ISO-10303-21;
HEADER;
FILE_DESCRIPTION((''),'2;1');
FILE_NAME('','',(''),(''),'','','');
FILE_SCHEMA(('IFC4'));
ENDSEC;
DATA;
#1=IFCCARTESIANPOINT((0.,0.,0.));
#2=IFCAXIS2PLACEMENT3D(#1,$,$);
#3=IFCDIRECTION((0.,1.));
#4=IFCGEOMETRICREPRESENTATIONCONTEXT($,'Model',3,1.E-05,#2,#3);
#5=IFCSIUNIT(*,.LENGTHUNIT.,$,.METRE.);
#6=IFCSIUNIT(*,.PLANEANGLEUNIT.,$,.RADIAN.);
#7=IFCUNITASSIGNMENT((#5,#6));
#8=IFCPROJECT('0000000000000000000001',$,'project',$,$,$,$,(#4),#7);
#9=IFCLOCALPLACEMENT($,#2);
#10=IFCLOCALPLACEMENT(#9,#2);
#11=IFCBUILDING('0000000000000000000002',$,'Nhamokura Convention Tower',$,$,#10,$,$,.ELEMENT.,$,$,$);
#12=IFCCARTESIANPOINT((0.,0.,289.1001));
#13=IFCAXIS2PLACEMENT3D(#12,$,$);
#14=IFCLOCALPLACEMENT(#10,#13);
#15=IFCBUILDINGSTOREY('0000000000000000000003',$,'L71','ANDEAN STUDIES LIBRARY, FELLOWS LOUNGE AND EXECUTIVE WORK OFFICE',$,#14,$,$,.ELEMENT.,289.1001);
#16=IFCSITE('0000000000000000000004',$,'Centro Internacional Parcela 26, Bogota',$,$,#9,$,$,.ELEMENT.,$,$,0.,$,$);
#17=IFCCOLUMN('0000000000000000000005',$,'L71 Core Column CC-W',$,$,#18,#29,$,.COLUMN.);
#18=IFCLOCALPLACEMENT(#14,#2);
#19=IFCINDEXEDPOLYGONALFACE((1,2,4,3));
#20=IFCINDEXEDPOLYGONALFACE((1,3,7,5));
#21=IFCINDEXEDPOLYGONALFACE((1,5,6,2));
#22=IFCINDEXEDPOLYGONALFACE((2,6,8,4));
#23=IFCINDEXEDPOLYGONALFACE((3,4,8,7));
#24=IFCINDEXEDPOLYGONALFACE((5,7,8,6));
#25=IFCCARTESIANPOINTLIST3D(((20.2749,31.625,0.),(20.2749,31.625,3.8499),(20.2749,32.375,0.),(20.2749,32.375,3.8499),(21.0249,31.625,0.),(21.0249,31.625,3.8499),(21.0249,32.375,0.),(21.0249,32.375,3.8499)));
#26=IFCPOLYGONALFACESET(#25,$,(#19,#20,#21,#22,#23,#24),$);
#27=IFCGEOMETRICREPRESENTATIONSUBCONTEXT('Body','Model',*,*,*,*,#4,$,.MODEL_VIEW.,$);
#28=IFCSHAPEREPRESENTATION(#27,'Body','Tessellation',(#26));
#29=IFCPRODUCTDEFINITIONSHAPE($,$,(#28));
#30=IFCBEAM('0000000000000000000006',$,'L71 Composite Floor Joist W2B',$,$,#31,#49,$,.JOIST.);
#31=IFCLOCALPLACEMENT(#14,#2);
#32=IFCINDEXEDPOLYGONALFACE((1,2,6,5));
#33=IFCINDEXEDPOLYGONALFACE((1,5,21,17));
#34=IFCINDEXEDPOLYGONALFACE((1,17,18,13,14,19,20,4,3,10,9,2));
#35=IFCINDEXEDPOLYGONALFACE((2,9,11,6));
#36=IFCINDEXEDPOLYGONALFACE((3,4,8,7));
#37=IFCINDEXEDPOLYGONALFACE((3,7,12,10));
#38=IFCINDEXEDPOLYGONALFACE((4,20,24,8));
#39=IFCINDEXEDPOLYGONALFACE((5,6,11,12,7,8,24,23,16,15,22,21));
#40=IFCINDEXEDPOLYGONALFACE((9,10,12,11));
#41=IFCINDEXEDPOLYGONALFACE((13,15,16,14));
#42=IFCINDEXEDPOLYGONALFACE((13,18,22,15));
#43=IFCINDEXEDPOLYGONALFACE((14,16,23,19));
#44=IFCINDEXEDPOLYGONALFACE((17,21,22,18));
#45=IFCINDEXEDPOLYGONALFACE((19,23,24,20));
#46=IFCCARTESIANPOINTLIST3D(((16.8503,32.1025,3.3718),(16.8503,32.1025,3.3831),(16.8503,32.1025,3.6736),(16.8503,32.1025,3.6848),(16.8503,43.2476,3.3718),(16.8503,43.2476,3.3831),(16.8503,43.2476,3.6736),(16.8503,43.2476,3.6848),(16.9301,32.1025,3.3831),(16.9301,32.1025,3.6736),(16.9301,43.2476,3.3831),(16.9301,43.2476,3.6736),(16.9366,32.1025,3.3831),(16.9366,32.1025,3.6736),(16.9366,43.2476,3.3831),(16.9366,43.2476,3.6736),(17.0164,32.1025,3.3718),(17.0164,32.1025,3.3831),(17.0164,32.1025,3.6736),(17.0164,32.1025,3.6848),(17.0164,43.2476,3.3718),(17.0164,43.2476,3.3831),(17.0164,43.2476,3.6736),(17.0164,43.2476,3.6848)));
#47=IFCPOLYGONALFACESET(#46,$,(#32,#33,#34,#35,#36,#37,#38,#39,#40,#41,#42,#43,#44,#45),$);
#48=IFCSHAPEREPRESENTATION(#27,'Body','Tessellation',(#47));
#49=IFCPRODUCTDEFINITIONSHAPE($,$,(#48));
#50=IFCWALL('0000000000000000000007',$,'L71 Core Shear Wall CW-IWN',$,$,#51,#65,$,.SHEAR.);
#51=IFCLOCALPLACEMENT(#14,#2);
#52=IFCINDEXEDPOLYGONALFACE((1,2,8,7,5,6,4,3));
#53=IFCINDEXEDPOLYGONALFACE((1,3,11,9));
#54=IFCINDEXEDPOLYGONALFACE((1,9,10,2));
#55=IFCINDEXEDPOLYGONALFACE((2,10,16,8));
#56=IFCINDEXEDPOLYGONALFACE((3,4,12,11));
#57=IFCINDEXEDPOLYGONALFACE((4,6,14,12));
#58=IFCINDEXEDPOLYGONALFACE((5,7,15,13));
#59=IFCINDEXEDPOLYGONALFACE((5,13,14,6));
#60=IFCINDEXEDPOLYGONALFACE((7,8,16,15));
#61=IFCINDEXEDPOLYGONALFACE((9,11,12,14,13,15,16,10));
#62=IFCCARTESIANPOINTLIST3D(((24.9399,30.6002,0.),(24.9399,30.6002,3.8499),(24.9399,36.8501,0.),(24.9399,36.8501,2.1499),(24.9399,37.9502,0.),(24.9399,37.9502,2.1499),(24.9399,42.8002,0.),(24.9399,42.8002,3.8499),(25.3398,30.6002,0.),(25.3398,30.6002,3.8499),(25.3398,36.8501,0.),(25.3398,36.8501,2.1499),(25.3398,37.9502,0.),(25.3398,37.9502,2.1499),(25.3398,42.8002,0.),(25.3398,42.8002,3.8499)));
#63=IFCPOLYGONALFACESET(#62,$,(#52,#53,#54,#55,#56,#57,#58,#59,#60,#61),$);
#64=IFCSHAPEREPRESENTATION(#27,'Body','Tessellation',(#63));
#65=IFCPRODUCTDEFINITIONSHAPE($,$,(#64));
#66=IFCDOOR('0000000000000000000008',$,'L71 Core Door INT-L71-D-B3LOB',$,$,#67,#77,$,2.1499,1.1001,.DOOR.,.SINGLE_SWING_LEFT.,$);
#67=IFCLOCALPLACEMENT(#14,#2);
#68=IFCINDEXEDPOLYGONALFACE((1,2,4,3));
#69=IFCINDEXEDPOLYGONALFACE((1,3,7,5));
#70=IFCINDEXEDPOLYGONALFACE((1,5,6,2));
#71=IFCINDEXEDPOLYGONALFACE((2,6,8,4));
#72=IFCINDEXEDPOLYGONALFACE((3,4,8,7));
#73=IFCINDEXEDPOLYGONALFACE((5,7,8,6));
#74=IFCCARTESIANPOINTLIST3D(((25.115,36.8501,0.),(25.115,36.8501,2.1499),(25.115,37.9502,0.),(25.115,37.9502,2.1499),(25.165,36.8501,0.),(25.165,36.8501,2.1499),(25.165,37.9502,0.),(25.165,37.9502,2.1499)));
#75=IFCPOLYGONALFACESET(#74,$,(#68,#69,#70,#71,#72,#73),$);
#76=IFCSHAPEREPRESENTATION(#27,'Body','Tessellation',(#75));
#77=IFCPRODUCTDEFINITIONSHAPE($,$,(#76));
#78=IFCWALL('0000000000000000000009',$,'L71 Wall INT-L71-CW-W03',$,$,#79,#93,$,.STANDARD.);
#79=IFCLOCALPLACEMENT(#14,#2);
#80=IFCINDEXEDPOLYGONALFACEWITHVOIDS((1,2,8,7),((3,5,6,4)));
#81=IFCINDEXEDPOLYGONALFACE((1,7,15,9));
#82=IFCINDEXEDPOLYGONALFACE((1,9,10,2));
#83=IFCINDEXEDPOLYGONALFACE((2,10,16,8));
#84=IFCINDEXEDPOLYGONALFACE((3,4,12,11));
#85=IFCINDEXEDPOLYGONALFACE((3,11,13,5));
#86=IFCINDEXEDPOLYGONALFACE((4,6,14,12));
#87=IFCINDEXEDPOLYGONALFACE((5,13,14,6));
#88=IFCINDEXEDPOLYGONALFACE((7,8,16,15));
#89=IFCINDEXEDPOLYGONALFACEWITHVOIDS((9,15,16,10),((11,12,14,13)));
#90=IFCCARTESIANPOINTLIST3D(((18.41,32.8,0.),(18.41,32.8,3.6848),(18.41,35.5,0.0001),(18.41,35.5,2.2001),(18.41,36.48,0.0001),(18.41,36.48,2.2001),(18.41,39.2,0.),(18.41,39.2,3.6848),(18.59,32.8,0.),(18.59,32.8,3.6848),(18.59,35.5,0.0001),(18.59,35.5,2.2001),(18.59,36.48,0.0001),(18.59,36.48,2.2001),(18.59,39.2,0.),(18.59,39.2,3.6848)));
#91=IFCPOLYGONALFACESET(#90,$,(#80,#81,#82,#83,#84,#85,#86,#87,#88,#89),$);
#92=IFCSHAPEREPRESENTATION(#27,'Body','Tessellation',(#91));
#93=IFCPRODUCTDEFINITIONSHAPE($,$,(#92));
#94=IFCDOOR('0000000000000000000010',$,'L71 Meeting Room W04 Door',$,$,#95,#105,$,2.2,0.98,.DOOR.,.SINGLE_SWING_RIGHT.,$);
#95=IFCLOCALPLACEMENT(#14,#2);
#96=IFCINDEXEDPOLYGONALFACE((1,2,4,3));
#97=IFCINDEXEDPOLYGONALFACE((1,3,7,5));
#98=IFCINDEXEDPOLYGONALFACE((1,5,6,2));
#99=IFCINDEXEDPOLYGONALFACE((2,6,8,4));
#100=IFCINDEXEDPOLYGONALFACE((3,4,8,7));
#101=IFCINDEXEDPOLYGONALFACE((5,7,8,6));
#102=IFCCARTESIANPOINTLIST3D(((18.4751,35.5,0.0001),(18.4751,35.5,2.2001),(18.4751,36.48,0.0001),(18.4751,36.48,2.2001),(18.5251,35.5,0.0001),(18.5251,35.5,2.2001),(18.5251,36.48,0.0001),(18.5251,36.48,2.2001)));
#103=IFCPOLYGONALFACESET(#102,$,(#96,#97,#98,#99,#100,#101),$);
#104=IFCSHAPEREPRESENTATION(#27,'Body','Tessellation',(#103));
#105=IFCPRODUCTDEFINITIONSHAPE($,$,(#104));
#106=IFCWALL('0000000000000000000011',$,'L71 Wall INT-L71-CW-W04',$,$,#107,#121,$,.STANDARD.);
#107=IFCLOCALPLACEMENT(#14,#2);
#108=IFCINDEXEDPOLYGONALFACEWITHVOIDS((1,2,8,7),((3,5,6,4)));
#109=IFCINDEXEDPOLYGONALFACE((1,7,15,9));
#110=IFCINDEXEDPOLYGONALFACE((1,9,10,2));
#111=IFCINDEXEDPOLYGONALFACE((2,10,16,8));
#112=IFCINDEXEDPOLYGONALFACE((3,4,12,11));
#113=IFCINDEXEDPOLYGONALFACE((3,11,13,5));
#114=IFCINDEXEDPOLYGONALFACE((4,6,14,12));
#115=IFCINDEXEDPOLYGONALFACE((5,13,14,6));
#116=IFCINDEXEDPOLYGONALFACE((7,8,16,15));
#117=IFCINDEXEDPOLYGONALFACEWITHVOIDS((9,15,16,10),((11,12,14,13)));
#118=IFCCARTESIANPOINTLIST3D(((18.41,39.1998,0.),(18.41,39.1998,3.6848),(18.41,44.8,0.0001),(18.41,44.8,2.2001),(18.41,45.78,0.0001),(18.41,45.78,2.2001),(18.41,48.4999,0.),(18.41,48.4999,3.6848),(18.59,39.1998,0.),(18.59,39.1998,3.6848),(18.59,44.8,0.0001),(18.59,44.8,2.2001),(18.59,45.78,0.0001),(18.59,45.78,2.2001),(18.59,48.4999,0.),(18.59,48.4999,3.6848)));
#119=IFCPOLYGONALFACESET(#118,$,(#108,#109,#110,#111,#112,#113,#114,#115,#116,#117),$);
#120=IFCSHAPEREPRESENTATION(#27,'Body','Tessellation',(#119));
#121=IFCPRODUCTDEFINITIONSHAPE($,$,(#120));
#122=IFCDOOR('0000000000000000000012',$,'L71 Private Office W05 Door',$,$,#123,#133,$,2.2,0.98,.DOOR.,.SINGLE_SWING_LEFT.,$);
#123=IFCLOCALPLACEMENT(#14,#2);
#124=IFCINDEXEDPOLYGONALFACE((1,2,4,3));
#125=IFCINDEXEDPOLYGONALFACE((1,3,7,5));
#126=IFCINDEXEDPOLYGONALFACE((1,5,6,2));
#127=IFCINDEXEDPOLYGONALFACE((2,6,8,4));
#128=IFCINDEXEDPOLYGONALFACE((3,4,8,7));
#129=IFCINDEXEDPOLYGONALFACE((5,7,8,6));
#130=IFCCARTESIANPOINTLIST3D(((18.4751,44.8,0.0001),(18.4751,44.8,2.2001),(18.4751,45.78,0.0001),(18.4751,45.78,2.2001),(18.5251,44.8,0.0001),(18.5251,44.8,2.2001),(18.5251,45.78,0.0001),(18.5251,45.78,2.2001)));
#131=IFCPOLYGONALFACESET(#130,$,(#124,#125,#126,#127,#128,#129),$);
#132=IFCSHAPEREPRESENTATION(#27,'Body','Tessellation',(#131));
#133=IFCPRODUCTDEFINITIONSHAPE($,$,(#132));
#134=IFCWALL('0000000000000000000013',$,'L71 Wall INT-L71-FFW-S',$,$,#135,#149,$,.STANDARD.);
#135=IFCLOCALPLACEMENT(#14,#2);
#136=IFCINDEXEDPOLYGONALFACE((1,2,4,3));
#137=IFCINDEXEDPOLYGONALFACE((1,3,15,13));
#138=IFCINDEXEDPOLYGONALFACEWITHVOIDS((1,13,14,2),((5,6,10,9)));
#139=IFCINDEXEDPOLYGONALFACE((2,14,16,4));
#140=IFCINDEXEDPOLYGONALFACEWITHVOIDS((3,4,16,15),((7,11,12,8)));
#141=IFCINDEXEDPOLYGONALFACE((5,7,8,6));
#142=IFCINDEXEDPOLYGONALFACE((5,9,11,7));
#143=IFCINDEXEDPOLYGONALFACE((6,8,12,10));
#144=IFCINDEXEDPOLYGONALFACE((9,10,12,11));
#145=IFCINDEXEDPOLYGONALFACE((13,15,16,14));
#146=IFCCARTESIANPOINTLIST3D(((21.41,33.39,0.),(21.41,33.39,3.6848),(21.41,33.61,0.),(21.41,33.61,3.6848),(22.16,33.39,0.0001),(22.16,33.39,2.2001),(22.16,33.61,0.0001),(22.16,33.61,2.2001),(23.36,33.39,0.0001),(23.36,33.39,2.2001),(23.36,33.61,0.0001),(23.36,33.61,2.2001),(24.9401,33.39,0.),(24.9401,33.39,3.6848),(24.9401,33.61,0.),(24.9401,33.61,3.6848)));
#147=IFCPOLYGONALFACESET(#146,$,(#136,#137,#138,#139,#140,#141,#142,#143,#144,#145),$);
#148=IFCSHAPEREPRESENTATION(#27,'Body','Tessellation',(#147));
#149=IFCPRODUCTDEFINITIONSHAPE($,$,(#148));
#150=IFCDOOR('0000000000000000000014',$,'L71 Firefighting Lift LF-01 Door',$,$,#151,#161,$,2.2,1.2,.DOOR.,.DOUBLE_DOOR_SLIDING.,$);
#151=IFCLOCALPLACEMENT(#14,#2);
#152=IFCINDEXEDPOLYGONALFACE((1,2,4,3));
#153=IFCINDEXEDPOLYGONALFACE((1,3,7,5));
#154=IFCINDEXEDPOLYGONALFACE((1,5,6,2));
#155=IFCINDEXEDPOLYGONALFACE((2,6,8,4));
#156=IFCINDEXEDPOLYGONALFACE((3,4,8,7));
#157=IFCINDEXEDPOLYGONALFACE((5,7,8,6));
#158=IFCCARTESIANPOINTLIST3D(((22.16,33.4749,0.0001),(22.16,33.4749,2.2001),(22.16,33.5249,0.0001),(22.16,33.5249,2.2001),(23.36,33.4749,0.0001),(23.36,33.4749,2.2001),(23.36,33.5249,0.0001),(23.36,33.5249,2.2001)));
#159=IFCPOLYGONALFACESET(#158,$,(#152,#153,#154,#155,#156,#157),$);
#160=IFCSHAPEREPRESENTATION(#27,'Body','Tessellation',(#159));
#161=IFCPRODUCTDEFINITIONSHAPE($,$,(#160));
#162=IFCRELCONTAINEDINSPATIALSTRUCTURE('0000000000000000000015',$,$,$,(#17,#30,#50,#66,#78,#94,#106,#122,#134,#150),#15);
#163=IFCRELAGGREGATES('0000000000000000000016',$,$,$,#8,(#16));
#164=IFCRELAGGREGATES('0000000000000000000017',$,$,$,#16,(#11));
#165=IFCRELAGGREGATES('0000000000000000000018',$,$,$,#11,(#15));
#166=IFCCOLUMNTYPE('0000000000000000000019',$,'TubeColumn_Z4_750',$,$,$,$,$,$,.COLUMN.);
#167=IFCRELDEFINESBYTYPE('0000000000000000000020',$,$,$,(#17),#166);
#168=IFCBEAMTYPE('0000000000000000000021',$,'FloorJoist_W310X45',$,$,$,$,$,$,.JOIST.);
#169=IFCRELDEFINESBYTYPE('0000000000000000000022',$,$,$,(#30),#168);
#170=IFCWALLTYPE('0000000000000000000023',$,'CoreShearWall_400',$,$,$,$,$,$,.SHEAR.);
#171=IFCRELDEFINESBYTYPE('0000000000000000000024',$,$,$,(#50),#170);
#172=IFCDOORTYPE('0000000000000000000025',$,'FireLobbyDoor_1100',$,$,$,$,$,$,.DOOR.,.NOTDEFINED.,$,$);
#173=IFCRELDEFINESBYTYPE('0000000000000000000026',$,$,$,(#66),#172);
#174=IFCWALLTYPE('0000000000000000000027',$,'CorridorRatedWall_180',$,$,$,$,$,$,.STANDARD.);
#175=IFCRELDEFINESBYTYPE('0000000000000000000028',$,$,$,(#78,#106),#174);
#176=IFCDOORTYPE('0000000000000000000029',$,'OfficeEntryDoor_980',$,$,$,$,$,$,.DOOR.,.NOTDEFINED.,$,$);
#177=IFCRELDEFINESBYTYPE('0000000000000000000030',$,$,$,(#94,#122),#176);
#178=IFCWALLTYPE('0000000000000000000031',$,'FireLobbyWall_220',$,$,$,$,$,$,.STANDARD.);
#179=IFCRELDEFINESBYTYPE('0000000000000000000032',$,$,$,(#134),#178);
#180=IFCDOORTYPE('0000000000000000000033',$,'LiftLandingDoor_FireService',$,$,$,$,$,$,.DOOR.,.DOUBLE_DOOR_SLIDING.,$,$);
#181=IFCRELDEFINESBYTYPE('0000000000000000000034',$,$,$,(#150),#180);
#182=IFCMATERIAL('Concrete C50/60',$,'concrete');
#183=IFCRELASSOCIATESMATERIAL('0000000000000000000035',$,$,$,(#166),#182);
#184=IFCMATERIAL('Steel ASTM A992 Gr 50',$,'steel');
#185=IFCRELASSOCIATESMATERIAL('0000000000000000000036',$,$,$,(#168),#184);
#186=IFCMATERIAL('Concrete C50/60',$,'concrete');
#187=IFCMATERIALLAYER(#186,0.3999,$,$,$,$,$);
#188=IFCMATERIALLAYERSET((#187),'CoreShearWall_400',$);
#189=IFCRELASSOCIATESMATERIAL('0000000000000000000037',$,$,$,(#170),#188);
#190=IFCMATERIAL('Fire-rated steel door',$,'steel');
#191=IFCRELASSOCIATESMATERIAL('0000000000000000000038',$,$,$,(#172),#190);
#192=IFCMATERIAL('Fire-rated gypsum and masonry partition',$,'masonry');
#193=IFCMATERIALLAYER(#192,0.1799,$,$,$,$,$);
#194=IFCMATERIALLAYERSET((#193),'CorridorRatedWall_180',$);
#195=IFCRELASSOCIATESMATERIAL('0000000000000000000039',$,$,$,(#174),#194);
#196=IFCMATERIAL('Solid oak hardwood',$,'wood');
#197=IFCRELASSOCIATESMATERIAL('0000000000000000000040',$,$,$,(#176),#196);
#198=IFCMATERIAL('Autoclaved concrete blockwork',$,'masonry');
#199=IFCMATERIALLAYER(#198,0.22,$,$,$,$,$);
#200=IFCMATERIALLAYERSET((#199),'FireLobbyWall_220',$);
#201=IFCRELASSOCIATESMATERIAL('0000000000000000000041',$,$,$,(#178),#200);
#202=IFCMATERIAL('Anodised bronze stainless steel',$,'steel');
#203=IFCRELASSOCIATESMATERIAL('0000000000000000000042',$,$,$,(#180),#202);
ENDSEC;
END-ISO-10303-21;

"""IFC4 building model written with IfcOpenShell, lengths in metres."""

from ifc_helpers import new_model, si_unit, direction, frame, frame_2d, origin, origin_2d, place, context, subcontext, project, spatial, rectangle, i_section, extrude, material, layer, layer_set, material_profile, profile_set, type_object, element, fill, save


model = new_model("IFC4")

# Units and contexts
model_context = context("Model", 3, precision=1e-05, world=origin(), true_north=direction((0.0, 1.0)))
body_context = subcontext(model_context, "Body", "Model", "MODEL_VIEW")
ifc_project = project(units=[si_unit("LENGTHUNIT", "METRE"), si_unit("PLANEANGLEUNIT", "RADIAN")], contexts=[model_context])

# Site, building, storey
site_placement = place(None, origin())
site = spatial("IfcSite", under=ifc_project, at=site_placement, Name="Centro Internacional Parcela 26, Bogota", CompositionType="ELEMENT", RefElevation=0.0)
building_placement = place(site_placement, origin())
building = spatial("IfcBuilding", under=site, at=building_placement, Name="Nhamokura Convention Tower", CompositionType="ELEMENT")
storey_placement = place(building_placement, frame((0.0, 0.0, 289.1001)))
storey = spatial("IfcBuildingStorey", under=building, at=storey_placement, Name="L71", Description="ANDEAN STUDIES LIBRARY, FELLOWS LOUNGE AND EXECUTIVE WORK OFFICE", CompositionType="ELEMENT", Elevation=289.1001)

# Column
ifc_material_1 = material(Name="Concrete C50/60", Category="concrete")
ifc_material_profile_1 = material_profile(ifc_material_1, rectangle(XDim=0.75, YDim=0.75, at=origin_2d()))
ifc_profile_set_1 = profile_set([ifc_material_profile_1], Name="Concrete C50/60")
column_type = type_object("IfcColumnType", Name="TubeColumn_Z4_750", PredefinedType="COLUMN", material=ifc_profile_set_1)
column_placement = place(storey_placement, frame((20.6499, 32.0, 0.0), z_axis=(0.0, 0.0, 1.0), x_axis=(1.0, 0.0, 0.0)))
element("IfcColumn", 1, at=column_placement, inside=storey, type_object=column_type, Name="L71 Core Column CC-W", PredefinedType="COLUMN", context=body_context, shape_type="SweptSolid", body=[
    extrude(rectangle(XDim=0.75, YDim=0.75, at=origin_2d()), origin(), (0.0, 0.0, 1.0), 3.8499),
])

# Beam
ifc_material_2 = material(Name="Steel ASTM A992 Gr 50", Category="steel")
ifc_material_profile_2 = material_profile(ifc_material_2, i_section(OverallWidth=0.166, OverallDepth=0.313, WebThickness=0.0066, FlangeThickness=0.0112, at=origin_2d()))
ifc_profile_set_2 = profile_set([ifc_material_profile_2], Name="Steel ASTM A992 Gr 50")
beam_type = type_object("IfcBeamType", Name="FloorJoist_W310X45", PredefinedType="JOIST", material=ifc_profile_set_2)
beam_placement = place(storey_placement, frame((16.9333, 32.1025, 3.5283), z_axis=(0.0, 1.0, 0.0), x_axis=(-1.0, 0.0, 0.0)))
element("IfcBeam", 2, at=beam_placement, inside=storey, type_object=beam_type, Name="L71 Composite Floor Joist W2B", PredefinedType="JOIST", context=body_context, shape_type="SweptSolid", body=[
    extrude(i_section(OverallWidth=0.166, OverallDepth=0.313, WebThickness=0.0066, FlangeThickness=0.0112, at=origin_2d()), origin(), (0.0, 0.0, 1.0), 11.145),
])

# Walls, openings, doors
ifc_material_3 = material(Name="Concrete C50/60", Category="concrete")
ifc_layer_1 = layer(ifc_material_3, 0.3999)
ifc_layer_set_1 = layer_set([ifc_layer_1], Name="CoreShearWall_400")
wall_type_1 = type_object("IfcWallType", Name="CoreShearWall_400", PredefinedType="SHEAR", material=ifc_layer_set_1)
wall_1_placement = place(storey_placement, frame((25.1399, 30.6001, 0.0), z_axis=(0.0, 0.0, 1.0), x_axis=(0.0, 1.0, 0.0)))
wall_1 = element("IfcWall", 3, at=wall_1_placement, inside=storey, type_object=wall_type_1, Name="L71 Core Shear Wall CW-IWN", PredefinedType="SHEAR", context=body_context, shape_type="SweptSolid", body=[
    extrude(rectangle(XDim=12.2, YDim=0.3999, at=frame_2d((6.1001, 0.0))), origin(), (0.0, 0.0, 1.0), 3.8499),
])
opening_1_placement = place(wall_1_placement, frame((6.25, 0.0, 0.0)))
opening_1 = element("IfcOpeningElement", 4, at=opening_1_placement, cuts=wall_1, PredefinedType="OPENING", context=body_context, shape_type="SweptSolid", body=[
    extrude(rectangle(XDim=1.1001, YDim=2.1499, at=frame_2d((0.55, 1.075))), frame((0.0, 0.21, 0.0), z_axis=(0.0, -1.0, 0.0), x_axis=(1.0, 0.0, 0.0)), (0.0, 0.0, 1.0), 0.4199),
])
ifc_material_4 = material(Name="Fire-rated steel door", Category="steel")
door_type_1 = type_object("IfcDoorType", Name="FireLobbyDoor_1100", OperationType="NOTDEFINED", PredefinedType="DOOR", material=ifc_material_4)
door_1_placement = place(opening_1_placement, origin())
door_1 = element("IfcDoor", 5, at=door_1_placement, inside=storey, type_object=door_type_1, Name="L71 Core Door INT-L71-D-B3LOB", OperationType="SINGLE_SWING_LEFT", OverallHeight=2.1499, OverallWidth=1.1001, PredefinedType="DOOR", context=body_context, shape_type="SweptSolid", body=[
    extrude(rectangle(XDim=1.1001, YDim=2.1499, at=frame_2d((0.55, 1.075))), frame((0.0, 0.0249, 0.0), z_axis=(0.0, -1.0, 0.0), x_axis=(1.0, 0.0, 0.0)), (0.0, 0.0, 1.0), 0.05),
])
fill(opening_1, door_1)
ifc_material_5 = material(Name="Fire-rated gypsum and masonry partition", Category="masonry")
ifc_layer_2 = layer(ifc_material_5, 0.1799)
ifc_layer_set_2 = layer_set([ifc_layer_2], Name="CorridorRatedWall_180")
wall_type_2 = type_object("IfcWallType", Name="CorridorRatedWall_180", PredefinedType="STANDARD", material=ifc_layer_set_2)
wall_2_placement = place(storey_placement, frame((18.5, 32.8, 0.0), z_axis=(0.0, 0.0, 1.0), x_axis=(0.0, 1.0, 0.0)))
wall_2 = element("IfcWall", 6, at=wall_2_placement, inside=storey, type_object=wall_type_2, Name="L71 Wall INT-L71-CW-W03", PredefinedType="STANDARD", context=body_context, shape_type="SweptSolid", body=[
    extrude(rectangle(XDim=6.3999, YDim=0.1799, at=frame_2d((3.2, 0.0))), origin(), (0.0, 0.0, 1.0), 3.6848),
])
opening_2_placement = place(wall_2_placement, frame((2.7, 0.0, 0.0)))
opening_2 = element("IfcOpeningElement", 7, at=opening_2_placement, cuts=wall_2, PredefinedType="OPENING", context=body_context, shape_type="SweptSolid", body=[
    extrude(rectangle(XDim=0.98, YDim=2.2, at=frame_2d((0.49, 1.1001))), frame((0.0, 0.0999, 0.0), z_axis=(0.0, -1.0, 0.0), x_axis=(1.0, 0.0, 0.0)), (0.0, 0.0, 1.0), 0.2),
])
ifc_material_6 = material(Name="Solid oak hardwood", Category="wood")
door_type_2 = type_object("IfcDoorType", Name="OfficeEntryDoor_980", OperationType="NOTDEFINED", PredefinedType="DOOR", material=ifc_material_6)
door_2_placement = place(opening_2_placement, origin())
door_2 = element("IfcDoor", 8, at=door_2_placement, inside=storey, type_object=door_type_2, Name="L71 Meeting Room W04 Door", OperationType="SINGLE_SWING_RIGHT", OverallHeight=2.2, OverallWidth=0.98, PredefinedType="DOOR", context=body_context, shape_type="SweptSolid", body=[
    extrude(rectangle(XDim=0.98, YDim=2.2, at=frame_2d((0.49, 1.1001))), frame((0.0, 0.0249, 0.0), z_axis=(0.0, -1.0, 0.0), x_axis=(1.0, 0.0, 0.0)), (0.0, 0.0, 1.0), 0.05),
])
fill(opening_2, door_2)
wall_3_placement = place(storey_placement, frame((18.5, 39.2, 0.0), z_axis=(0.0, 0.0, 1.0), x_axis=(0.0, 1.0, 0.0)))
wall_3 = element("IfcWall", 9, at=wall_3_placement, inside=storey, type_object=wall_type_2, Name="L71 Wall INT-L71-CW-W04", PredefinedType="STANDARD", context=body_context, shape_type="SweptSolid", body=[
    extrude(rectangle(XDim=9.3, YDim=0.1799, at=frame_2d((4.6499, 0.0))), origin(), (0.0, 0.0, 1.0), 3.6848),
])
opening_3_placement = place(wall_3_placement, frame((5.6001, 0.0, 0.0)))
opening_3 = element("IfcOpeningElement", 10, at=opening_3_placement, cuts=wall_3, PredefinedType="OPENING", context=body_context, shape_type="SweptSolid", body=[
    extrude(rectangle(XDim=0.98, YDim=2.2, at=frame_2d((0.49, 1.1001))), frame((0.0, 0.0999, 0.0), z_axis=(0.0, -1.0, 0.0), x_axis=(1.0, 0.0, 0.0)), (0.0, 0.0, 1.0), 0.2),
])
door_3_placement = place(opening_3_placement, origin())
door_3 = element("IfcDoor", 11, at=door_3_placement, inside=storey, type_object=door_type_2, Name="L71 Private Office W05 Door", OperationType="SINGLE_SWING_LEFT", OverallHeight=2.2, OverallWidth=0.98, PredefinedType="DOOR", context=body_context, shape_type="SweptSolid", body=[
    extrude(rectangle(XDim=0.98, YDim=2.2, at=frame_2d((0.49, 1.1001))), frame((0.0, 0.0249, 0.0), z_axis=(0.0, -1.0, 0.0), x_axis=(1.0, 0.0, 0.0)), (0.0, 0.0, 1.0), 0.05),
])
fill(opening_3, door_3)
ifc_material_7 = material(Name="Autoclaved concrete blockwork", Category="masonry")
ifc_layer_3 = layer(ifc_material_7, 0.22)
ifc_layer_set_3 = layer_set([ifc_layer_3], Name="FireLobbyWall_220")
wall_type_3 = type_object("IfcWallType", Name="FireLobbyWall_220", PredefinedType="STANDARD", material=ifc_layer_set_3)
wall_4_placement = place(storey_placement, frame((21.4099, 33.5, 0.0), z_axis=(0.0, 0.0, 1.0), x_axis=(1.0, 0.0, 0.0)))
wall_4 = element("IfcWall", 12, at=wall_4_placement, inside=storey, type_object=wall_type_3, Name="L71 Wall INT-L71-FFW-S", PredefinedType="STANDARD", context=body_context, shape_type="SweptSolid", body=[
    extrude(rectangle(XDim=3.53, YDim=0.22, at=frame_2d((1.7651, 0.0))), origin(), (0.0, 0.0, 1.0), 3.6848),
])
opening_4_placement = place(wall_4_placement, frame((0.75, 0.0, 0.0)))
opening_4 = element("IfcOpeningElement", 13, at=opening_4_placement, cuts=wall_4, PredefinedType="OPENING", context=body_context, shape_type="SweptSolid", body=[
    extrude(rectangle(XDim=1.2, YDim=2.2, at=frame_2d((0.6001, 1.1001))), frame((0.0, 0.1199, 0.0), z_axis=(0.0, -1.0, 0.0), x_axis=(1.0, 0.0, 0.0)), (0.0, 0.0, 1.0), 0.24),
])
ifc_material_8 = material(Name="Anodised bronze stainless steel", Category="steel")
door_type_3 = type_object("IfcDoorType", Name="LiftLandingDoor_FireService", OperationType="DOUBLE_DOOR_SLIDING", PredefinedType="DOOR", material=ifc_material_8)
door_4_placement = place(opening_4_placement, origin())
door_4 = element("IfcDoor", 14, at=door_4_placement, inside=storey, type_object=door_type_3, Name="L71 Firefighting Lift LF-01 Door", OperationType="DOUBLE_DOOR_SLIDING", OverallHeight=2.2, OverallWidth=1.2, PredefinedType="DOOR", context=body_context, shape_type="SweptSolid", body=[
    extrude(rectangle(XDim=1.2, YDim=2.2, at=frame_2d((0.6001, 1.1001))), frame((0.0, 0.0249, 0.0), z_axis=(0.0, -1.0, 0.0), x_axis=(1.0, 0.0, 0.0)), (0.0, 0.0, 1.0), 0.05),
])
fill(opening_4, door_4)

save(model, "model.ifc")
